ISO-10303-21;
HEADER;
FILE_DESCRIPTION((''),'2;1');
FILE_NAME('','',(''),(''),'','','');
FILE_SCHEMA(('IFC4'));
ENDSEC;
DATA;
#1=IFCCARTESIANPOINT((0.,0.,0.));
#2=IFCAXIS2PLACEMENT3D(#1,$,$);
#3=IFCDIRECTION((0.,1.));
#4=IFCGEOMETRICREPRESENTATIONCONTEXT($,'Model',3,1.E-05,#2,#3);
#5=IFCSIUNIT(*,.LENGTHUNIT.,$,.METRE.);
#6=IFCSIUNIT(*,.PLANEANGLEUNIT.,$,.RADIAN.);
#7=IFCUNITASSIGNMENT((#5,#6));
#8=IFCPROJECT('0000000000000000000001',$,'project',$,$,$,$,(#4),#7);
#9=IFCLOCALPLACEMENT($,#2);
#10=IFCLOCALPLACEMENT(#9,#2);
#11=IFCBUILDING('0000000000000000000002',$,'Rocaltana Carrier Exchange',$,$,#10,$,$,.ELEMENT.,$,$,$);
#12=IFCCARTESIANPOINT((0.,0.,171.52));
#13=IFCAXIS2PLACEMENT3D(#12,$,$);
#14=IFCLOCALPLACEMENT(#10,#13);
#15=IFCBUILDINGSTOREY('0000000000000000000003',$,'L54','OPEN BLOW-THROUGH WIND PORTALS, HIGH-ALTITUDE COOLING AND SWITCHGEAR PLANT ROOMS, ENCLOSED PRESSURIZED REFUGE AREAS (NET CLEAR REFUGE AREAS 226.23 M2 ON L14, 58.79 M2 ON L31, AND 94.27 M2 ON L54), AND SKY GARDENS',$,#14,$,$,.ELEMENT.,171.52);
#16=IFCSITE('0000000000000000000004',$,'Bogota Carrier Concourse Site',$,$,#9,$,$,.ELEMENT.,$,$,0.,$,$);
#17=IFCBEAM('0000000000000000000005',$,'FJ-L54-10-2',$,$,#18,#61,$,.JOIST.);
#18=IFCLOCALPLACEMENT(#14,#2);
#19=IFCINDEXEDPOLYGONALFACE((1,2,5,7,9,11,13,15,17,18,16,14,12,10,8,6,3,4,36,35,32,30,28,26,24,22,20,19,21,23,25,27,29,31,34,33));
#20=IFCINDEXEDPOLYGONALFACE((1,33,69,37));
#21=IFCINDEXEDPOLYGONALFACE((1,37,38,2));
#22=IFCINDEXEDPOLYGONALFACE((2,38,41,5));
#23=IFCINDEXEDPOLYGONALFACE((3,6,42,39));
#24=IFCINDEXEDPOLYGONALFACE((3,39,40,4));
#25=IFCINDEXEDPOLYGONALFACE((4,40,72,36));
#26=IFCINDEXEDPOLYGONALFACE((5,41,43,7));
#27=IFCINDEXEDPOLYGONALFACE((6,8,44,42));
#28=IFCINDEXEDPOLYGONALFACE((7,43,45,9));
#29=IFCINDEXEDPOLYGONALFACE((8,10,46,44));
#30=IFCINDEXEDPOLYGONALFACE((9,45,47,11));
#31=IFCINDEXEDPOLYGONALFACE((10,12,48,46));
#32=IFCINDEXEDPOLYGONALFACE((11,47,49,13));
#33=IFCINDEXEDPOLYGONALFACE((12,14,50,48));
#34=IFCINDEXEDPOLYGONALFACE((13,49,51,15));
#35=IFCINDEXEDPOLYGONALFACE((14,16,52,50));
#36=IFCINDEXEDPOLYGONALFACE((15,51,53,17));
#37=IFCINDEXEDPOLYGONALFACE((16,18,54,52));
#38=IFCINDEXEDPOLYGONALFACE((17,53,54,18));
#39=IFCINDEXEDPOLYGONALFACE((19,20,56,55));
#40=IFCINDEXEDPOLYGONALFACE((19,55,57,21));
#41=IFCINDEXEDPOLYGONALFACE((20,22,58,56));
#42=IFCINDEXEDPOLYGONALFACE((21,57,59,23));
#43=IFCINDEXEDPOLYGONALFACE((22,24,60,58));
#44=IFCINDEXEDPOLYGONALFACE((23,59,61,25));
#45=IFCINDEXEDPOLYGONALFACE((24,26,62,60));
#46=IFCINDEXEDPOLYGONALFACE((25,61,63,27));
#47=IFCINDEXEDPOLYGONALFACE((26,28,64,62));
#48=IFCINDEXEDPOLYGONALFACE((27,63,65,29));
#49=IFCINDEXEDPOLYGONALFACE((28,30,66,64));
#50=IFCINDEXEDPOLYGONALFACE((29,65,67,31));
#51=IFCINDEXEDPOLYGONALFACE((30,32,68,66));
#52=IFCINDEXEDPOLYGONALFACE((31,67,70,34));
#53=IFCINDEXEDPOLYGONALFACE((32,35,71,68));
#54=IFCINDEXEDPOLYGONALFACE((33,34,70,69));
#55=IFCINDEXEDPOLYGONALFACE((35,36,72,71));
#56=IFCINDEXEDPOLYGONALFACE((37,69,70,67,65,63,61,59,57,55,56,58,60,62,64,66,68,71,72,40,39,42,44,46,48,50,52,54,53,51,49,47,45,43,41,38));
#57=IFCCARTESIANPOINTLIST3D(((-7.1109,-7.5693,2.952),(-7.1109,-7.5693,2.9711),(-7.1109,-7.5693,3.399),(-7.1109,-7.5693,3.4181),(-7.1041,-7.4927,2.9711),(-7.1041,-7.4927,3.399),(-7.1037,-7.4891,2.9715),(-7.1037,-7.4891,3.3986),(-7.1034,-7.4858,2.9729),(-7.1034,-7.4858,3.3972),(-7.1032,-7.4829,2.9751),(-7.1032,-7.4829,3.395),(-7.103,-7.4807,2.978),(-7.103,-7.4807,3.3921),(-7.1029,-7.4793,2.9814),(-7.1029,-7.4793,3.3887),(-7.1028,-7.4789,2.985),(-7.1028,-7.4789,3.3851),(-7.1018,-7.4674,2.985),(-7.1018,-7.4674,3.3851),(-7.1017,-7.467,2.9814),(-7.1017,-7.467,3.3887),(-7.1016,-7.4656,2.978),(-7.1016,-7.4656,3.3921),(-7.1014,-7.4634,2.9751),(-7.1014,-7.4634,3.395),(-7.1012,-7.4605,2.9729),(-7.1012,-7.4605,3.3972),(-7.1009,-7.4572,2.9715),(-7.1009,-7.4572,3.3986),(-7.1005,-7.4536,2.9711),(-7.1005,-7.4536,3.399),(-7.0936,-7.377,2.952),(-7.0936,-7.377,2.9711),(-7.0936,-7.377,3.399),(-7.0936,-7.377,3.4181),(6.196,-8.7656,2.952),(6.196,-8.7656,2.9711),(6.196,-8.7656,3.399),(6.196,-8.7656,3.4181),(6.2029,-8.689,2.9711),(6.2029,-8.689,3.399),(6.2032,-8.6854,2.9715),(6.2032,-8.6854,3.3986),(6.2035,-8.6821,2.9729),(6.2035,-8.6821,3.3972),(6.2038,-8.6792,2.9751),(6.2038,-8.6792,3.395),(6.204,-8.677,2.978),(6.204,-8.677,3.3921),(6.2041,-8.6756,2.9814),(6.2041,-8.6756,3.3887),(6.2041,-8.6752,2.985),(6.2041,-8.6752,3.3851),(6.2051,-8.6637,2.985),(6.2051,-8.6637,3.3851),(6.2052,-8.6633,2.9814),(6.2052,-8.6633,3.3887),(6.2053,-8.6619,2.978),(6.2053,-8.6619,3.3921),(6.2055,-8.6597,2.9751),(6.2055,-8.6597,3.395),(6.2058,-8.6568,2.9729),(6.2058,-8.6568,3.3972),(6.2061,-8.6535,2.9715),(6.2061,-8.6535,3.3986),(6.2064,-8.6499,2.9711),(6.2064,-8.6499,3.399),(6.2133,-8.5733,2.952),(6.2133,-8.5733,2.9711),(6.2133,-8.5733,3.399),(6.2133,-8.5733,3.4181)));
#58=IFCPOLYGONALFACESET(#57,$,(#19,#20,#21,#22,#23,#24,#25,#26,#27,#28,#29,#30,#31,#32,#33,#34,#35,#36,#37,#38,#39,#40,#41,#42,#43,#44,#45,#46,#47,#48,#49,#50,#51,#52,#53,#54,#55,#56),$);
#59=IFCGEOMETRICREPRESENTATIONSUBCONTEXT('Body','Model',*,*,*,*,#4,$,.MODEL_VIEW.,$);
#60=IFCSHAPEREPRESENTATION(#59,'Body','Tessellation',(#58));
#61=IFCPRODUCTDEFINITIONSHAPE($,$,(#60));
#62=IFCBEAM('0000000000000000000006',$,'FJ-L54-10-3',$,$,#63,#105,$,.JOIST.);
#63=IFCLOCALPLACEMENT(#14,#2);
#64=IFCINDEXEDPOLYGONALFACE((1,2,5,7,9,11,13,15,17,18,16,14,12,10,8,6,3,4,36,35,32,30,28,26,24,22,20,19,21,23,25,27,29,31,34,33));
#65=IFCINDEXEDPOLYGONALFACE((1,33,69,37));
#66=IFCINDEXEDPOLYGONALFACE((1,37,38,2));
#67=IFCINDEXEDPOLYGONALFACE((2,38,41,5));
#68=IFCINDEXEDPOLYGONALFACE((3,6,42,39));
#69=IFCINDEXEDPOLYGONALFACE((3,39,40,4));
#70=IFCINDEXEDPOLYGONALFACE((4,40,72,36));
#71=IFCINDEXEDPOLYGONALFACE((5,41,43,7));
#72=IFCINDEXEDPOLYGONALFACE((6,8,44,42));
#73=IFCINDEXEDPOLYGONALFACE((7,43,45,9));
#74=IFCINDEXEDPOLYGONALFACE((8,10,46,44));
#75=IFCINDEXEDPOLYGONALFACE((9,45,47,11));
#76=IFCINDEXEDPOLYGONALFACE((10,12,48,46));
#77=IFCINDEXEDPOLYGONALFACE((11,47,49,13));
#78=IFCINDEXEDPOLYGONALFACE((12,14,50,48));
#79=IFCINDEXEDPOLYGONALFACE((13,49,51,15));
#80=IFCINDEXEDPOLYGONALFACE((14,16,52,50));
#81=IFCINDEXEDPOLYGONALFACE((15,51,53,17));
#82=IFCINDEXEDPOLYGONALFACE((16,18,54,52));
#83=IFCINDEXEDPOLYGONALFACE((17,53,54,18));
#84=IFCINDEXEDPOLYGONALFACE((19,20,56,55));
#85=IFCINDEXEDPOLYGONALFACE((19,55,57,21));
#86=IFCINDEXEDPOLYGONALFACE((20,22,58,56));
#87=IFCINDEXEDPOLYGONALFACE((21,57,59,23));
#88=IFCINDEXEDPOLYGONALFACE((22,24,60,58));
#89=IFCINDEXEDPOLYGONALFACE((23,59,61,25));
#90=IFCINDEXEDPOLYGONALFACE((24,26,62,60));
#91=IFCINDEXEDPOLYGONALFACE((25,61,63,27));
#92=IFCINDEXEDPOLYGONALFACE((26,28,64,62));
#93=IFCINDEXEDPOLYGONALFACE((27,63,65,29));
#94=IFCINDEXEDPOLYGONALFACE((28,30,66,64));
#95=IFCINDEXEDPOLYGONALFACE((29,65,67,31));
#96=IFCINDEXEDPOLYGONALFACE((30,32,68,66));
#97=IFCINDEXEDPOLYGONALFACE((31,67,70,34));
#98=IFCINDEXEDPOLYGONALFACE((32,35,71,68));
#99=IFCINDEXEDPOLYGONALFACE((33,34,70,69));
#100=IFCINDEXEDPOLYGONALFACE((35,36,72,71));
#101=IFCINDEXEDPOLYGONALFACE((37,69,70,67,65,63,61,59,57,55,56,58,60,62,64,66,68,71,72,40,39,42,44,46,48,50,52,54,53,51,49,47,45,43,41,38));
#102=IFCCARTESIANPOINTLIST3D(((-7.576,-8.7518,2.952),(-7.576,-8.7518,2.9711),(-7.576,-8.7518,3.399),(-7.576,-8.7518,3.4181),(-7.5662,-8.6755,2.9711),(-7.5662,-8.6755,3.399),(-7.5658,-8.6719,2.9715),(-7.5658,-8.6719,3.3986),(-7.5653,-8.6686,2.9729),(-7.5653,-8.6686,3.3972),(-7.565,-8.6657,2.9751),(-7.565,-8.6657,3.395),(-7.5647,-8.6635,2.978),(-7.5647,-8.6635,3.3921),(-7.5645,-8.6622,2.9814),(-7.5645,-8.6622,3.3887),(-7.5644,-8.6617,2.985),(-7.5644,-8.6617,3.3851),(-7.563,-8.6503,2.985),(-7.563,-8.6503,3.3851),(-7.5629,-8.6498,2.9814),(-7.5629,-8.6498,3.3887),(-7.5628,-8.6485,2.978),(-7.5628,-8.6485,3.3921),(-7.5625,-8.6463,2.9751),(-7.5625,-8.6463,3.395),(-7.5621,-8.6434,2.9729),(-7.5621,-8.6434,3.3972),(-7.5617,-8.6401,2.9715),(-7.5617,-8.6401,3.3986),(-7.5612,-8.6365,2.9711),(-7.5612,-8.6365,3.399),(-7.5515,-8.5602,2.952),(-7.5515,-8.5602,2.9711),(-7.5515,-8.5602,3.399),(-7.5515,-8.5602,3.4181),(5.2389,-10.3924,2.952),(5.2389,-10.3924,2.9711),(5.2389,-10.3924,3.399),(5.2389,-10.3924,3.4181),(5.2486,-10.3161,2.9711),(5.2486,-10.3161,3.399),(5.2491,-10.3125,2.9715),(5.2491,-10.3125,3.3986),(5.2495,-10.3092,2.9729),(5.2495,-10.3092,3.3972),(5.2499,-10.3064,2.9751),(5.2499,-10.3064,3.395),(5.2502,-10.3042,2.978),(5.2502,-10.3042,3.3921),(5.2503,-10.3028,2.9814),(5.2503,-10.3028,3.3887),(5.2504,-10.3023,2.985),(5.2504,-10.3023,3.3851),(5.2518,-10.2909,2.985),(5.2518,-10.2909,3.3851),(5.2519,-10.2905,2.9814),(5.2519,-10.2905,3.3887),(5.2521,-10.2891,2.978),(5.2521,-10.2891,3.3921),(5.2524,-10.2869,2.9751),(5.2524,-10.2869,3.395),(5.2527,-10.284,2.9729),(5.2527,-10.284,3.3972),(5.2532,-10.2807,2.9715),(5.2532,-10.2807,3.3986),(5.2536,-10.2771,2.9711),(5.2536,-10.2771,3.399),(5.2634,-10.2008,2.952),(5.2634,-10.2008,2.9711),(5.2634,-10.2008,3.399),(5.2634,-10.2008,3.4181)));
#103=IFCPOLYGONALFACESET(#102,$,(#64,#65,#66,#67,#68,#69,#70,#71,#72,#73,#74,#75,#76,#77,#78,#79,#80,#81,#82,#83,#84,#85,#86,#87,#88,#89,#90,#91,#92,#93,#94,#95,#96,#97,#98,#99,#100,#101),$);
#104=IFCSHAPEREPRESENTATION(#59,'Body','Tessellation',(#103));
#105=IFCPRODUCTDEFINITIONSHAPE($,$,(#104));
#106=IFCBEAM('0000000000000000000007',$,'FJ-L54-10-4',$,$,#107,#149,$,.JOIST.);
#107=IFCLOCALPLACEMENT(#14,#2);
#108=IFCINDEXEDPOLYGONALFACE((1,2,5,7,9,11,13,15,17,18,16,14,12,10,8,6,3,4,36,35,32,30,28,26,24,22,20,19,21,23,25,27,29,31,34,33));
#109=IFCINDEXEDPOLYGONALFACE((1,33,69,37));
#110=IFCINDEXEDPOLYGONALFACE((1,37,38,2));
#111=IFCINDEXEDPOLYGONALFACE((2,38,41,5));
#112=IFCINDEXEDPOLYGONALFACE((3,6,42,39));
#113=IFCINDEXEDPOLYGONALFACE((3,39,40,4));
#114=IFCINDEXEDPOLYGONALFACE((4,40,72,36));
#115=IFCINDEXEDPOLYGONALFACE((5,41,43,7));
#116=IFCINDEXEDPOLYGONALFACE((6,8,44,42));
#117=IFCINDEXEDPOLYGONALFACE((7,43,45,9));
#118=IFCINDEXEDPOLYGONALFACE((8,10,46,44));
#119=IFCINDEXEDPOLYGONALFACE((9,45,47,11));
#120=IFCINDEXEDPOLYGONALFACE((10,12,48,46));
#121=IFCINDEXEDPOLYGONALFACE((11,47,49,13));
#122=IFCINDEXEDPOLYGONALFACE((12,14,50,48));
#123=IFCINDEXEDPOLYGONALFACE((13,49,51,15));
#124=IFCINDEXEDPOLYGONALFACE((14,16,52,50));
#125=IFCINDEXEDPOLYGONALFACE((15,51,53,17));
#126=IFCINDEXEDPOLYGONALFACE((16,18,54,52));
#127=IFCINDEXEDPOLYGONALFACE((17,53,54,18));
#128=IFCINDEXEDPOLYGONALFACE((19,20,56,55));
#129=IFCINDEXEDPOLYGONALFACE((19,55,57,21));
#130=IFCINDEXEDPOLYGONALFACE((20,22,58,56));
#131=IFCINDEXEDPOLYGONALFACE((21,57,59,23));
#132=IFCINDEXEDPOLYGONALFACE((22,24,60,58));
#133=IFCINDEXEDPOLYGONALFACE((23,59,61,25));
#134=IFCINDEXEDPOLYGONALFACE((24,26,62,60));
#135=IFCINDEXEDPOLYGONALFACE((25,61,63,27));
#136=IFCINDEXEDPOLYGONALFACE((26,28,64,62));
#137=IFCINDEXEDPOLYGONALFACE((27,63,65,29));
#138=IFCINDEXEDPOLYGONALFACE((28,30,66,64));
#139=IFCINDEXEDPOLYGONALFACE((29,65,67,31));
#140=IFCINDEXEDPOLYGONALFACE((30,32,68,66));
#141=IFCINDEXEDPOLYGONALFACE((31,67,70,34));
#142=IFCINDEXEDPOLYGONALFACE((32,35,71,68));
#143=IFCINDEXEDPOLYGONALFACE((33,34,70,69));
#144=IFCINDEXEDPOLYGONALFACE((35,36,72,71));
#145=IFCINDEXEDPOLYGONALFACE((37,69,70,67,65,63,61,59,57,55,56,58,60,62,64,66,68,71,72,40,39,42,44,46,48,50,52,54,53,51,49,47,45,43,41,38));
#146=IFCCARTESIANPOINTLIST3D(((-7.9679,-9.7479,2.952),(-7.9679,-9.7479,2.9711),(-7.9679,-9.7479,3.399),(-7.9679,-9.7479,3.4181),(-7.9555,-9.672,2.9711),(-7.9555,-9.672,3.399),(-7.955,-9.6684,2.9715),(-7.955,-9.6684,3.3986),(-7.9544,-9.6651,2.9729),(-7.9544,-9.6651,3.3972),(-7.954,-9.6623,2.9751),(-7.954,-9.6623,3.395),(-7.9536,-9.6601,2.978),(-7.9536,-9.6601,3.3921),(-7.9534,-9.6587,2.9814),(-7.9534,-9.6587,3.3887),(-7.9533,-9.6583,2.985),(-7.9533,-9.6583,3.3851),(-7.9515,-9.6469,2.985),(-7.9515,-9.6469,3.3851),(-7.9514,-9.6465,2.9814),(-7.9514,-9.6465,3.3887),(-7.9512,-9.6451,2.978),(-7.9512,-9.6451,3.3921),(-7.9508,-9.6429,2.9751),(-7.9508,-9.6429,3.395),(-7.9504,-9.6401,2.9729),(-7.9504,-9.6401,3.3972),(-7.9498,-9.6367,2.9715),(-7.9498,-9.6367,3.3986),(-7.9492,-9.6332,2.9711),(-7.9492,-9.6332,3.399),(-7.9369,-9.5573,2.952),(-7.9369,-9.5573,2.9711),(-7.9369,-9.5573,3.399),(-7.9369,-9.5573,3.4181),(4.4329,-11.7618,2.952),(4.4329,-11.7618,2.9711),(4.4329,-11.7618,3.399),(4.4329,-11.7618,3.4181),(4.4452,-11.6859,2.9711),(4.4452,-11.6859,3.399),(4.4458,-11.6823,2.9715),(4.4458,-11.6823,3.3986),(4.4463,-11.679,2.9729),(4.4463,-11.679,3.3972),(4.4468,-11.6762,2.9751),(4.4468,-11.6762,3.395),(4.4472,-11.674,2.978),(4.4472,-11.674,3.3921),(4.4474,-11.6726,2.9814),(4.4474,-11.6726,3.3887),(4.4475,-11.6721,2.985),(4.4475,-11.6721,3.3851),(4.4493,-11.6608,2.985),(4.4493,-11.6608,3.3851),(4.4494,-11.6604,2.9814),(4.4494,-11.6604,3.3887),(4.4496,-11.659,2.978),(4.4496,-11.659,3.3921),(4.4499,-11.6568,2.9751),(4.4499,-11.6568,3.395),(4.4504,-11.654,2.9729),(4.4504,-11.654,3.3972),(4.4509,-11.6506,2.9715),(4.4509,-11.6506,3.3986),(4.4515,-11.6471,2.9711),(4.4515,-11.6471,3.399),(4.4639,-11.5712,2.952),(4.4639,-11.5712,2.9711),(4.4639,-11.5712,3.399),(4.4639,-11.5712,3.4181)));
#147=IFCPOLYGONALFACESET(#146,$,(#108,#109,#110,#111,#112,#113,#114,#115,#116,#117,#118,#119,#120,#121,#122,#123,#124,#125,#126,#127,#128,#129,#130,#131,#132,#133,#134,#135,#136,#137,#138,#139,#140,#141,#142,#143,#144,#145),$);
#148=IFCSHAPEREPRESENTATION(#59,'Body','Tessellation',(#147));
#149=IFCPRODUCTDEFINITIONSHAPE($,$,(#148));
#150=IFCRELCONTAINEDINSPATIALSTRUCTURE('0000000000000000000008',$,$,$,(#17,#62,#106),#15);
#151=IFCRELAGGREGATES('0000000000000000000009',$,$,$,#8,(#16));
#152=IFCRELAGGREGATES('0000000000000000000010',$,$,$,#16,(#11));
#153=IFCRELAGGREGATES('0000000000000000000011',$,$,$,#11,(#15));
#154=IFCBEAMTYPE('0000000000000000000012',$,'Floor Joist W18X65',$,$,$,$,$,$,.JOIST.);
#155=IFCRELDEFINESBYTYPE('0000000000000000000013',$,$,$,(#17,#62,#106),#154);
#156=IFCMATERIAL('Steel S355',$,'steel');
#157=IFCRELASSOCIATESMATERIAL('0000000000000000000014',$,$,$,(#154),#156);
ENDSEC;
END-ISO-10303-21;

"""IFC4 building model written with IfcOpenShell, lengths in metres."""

from ifc_helpers import new_model, si_unit, direction, frame, origin, origin_2d, place, context, subcontext, project, spatial, i_section, extrude, material, material_profile, profile_set, type_object, element, save


model = new_model("IFC4")

# Units and contexts
model_context = context("Model", 3, precision=1e-05, world=origin(), true_north=direction((0.0, 1.0)))
body_context = subcontext(model_context, "Body", "Model", "MODEL_VIEW")
ifc_project = project(units=[si_unit("LENGTHUNIT", "METRE"), si_unit("PLANEANGLEUNIT", "RADIAN")], contexts=[model_context])

# Site, building, storey
site_placement = place(None, origin())
site = spatial("IfcSite", under=ifc_project, at=site_placement, Name="Bogota Carrier Concourse Site", CompositionType="ELEMENT", RefElevation=0.0)
building_placement = place(site_placement, origin())
building = spatial("IfcBuilding", under=site, at=building_placement, Name="Rocaltana Carrier Exchange", CompositionType="ELEMENT")
storey_placement = place(building_placement, frame((0.0, 0.0, 171.52)))
storey = spatial("IfcBuildingStorey", under=building, at=storey_placement, Name="L54", Description="OPEN BLOW-THROUGH WIND PORTALS, HIGH-ALTITUDE COOLING AND SWITCHGEAR PLANT ROOMS, ENCLOSED PRESSURIZED REFUGE AREAS (NET CLEAR REFUGE AREAS 226.23 M2 ON L14, 58.79 M2 ON L31, AND 94.27 M2 ON L54), AND SKY GARDENS", CompositionType="ELEMENT", Elevation=171.52)

# Beams
ifc_material_1 = material(Name="Steel S355", Category="steel")
ifc_material_profile_1 = material_profile(ifc_material_1, i_section(OverallWidth=0.1931, OverallDepth=0.4661, WebThickness=0.0115, FlangeThickness=0.019, FilletRadius=0.0139, at=origin_2d()), Name="W18X65")
ifc_profile_set_1 = profile_set([ifc_material_profile_1], Name="Steel S355")
beam_type = type_object("IfcBeamType", Name="Floor Joist W18X65", PredefinedType="JOIST", material=ifc_profile_set_1)
beam_1_placement = place(storey_placement, frame((-7.1023, -7.4731, 3.1851), z_axis=(0.995983, -0.089539, 0.0), x_axis=(0.089539, 0.995983, 0.0)))
element("IfcBeam", 1, at=beam_1_placement, inside=storey, type_object=beam_type, Name="FJ-L54-10-2", PredefinedType="JOIST", context=body_context, shape_type="SweptSolid", body=[
    extrude(i_section(OverallWidth=0.1931, OverallDepth=0.4661, WebThickness=0.0115, FlangeThickness=0.019, FilletRadius=0.0139, at=origin_2d()), origin(), (0.0, 0.0, 1.0), 13.3606),
])
beam_2_placement = place(storey_placement, frame((-7.5637, -8.656, 3.1851), z_axis=(0.991904, -0.126988, 0.0), x_axis=(0.126988, 0.991904, 0.0)))
element("IfcBeam", 2, at=beam_2_placement, inside=storey, type_object=beam_type, Name="FJ-L54-10-3", PredefinedType="JOIST", context=body_context, shape_type="SweptSolid", body=[
    extrude(i_section(OverallWidth=0.1931, OverallDepth=0.4661, WebThickness=0.0115, FlangeThickness=0.019, FilletRadius=0.0139, at=origin_2d()), origin(), (0.0, 0.0, 1.0), 12.9194),
])
beam_3_placement = place(storey_placement, frame((-7.9524, -9.6526, 3.1851), z_axis=(0.987068, -0.160301, 0.0), x_axis=(0.160301, 0.987068, 0.0)))
element("IfcBeam", 3, at=beam_3_placement, inside=storey, type_object=beam_type, Name="FJ-L54-10-4", PredefinedType="JOIST", context=body_context, shape_type="SweptSolid", body=[
    extrude(i_section(OverallWidth=0.1931, OverallDepth=0.4661, WebThickness=0.0115, FlangeThickness=0.019, FilletRadius=0.0139, at=origin_2d()), origin(), (0.0, 0.0, 1.0), 12.5632),
])

save(model, "model.ifc")
